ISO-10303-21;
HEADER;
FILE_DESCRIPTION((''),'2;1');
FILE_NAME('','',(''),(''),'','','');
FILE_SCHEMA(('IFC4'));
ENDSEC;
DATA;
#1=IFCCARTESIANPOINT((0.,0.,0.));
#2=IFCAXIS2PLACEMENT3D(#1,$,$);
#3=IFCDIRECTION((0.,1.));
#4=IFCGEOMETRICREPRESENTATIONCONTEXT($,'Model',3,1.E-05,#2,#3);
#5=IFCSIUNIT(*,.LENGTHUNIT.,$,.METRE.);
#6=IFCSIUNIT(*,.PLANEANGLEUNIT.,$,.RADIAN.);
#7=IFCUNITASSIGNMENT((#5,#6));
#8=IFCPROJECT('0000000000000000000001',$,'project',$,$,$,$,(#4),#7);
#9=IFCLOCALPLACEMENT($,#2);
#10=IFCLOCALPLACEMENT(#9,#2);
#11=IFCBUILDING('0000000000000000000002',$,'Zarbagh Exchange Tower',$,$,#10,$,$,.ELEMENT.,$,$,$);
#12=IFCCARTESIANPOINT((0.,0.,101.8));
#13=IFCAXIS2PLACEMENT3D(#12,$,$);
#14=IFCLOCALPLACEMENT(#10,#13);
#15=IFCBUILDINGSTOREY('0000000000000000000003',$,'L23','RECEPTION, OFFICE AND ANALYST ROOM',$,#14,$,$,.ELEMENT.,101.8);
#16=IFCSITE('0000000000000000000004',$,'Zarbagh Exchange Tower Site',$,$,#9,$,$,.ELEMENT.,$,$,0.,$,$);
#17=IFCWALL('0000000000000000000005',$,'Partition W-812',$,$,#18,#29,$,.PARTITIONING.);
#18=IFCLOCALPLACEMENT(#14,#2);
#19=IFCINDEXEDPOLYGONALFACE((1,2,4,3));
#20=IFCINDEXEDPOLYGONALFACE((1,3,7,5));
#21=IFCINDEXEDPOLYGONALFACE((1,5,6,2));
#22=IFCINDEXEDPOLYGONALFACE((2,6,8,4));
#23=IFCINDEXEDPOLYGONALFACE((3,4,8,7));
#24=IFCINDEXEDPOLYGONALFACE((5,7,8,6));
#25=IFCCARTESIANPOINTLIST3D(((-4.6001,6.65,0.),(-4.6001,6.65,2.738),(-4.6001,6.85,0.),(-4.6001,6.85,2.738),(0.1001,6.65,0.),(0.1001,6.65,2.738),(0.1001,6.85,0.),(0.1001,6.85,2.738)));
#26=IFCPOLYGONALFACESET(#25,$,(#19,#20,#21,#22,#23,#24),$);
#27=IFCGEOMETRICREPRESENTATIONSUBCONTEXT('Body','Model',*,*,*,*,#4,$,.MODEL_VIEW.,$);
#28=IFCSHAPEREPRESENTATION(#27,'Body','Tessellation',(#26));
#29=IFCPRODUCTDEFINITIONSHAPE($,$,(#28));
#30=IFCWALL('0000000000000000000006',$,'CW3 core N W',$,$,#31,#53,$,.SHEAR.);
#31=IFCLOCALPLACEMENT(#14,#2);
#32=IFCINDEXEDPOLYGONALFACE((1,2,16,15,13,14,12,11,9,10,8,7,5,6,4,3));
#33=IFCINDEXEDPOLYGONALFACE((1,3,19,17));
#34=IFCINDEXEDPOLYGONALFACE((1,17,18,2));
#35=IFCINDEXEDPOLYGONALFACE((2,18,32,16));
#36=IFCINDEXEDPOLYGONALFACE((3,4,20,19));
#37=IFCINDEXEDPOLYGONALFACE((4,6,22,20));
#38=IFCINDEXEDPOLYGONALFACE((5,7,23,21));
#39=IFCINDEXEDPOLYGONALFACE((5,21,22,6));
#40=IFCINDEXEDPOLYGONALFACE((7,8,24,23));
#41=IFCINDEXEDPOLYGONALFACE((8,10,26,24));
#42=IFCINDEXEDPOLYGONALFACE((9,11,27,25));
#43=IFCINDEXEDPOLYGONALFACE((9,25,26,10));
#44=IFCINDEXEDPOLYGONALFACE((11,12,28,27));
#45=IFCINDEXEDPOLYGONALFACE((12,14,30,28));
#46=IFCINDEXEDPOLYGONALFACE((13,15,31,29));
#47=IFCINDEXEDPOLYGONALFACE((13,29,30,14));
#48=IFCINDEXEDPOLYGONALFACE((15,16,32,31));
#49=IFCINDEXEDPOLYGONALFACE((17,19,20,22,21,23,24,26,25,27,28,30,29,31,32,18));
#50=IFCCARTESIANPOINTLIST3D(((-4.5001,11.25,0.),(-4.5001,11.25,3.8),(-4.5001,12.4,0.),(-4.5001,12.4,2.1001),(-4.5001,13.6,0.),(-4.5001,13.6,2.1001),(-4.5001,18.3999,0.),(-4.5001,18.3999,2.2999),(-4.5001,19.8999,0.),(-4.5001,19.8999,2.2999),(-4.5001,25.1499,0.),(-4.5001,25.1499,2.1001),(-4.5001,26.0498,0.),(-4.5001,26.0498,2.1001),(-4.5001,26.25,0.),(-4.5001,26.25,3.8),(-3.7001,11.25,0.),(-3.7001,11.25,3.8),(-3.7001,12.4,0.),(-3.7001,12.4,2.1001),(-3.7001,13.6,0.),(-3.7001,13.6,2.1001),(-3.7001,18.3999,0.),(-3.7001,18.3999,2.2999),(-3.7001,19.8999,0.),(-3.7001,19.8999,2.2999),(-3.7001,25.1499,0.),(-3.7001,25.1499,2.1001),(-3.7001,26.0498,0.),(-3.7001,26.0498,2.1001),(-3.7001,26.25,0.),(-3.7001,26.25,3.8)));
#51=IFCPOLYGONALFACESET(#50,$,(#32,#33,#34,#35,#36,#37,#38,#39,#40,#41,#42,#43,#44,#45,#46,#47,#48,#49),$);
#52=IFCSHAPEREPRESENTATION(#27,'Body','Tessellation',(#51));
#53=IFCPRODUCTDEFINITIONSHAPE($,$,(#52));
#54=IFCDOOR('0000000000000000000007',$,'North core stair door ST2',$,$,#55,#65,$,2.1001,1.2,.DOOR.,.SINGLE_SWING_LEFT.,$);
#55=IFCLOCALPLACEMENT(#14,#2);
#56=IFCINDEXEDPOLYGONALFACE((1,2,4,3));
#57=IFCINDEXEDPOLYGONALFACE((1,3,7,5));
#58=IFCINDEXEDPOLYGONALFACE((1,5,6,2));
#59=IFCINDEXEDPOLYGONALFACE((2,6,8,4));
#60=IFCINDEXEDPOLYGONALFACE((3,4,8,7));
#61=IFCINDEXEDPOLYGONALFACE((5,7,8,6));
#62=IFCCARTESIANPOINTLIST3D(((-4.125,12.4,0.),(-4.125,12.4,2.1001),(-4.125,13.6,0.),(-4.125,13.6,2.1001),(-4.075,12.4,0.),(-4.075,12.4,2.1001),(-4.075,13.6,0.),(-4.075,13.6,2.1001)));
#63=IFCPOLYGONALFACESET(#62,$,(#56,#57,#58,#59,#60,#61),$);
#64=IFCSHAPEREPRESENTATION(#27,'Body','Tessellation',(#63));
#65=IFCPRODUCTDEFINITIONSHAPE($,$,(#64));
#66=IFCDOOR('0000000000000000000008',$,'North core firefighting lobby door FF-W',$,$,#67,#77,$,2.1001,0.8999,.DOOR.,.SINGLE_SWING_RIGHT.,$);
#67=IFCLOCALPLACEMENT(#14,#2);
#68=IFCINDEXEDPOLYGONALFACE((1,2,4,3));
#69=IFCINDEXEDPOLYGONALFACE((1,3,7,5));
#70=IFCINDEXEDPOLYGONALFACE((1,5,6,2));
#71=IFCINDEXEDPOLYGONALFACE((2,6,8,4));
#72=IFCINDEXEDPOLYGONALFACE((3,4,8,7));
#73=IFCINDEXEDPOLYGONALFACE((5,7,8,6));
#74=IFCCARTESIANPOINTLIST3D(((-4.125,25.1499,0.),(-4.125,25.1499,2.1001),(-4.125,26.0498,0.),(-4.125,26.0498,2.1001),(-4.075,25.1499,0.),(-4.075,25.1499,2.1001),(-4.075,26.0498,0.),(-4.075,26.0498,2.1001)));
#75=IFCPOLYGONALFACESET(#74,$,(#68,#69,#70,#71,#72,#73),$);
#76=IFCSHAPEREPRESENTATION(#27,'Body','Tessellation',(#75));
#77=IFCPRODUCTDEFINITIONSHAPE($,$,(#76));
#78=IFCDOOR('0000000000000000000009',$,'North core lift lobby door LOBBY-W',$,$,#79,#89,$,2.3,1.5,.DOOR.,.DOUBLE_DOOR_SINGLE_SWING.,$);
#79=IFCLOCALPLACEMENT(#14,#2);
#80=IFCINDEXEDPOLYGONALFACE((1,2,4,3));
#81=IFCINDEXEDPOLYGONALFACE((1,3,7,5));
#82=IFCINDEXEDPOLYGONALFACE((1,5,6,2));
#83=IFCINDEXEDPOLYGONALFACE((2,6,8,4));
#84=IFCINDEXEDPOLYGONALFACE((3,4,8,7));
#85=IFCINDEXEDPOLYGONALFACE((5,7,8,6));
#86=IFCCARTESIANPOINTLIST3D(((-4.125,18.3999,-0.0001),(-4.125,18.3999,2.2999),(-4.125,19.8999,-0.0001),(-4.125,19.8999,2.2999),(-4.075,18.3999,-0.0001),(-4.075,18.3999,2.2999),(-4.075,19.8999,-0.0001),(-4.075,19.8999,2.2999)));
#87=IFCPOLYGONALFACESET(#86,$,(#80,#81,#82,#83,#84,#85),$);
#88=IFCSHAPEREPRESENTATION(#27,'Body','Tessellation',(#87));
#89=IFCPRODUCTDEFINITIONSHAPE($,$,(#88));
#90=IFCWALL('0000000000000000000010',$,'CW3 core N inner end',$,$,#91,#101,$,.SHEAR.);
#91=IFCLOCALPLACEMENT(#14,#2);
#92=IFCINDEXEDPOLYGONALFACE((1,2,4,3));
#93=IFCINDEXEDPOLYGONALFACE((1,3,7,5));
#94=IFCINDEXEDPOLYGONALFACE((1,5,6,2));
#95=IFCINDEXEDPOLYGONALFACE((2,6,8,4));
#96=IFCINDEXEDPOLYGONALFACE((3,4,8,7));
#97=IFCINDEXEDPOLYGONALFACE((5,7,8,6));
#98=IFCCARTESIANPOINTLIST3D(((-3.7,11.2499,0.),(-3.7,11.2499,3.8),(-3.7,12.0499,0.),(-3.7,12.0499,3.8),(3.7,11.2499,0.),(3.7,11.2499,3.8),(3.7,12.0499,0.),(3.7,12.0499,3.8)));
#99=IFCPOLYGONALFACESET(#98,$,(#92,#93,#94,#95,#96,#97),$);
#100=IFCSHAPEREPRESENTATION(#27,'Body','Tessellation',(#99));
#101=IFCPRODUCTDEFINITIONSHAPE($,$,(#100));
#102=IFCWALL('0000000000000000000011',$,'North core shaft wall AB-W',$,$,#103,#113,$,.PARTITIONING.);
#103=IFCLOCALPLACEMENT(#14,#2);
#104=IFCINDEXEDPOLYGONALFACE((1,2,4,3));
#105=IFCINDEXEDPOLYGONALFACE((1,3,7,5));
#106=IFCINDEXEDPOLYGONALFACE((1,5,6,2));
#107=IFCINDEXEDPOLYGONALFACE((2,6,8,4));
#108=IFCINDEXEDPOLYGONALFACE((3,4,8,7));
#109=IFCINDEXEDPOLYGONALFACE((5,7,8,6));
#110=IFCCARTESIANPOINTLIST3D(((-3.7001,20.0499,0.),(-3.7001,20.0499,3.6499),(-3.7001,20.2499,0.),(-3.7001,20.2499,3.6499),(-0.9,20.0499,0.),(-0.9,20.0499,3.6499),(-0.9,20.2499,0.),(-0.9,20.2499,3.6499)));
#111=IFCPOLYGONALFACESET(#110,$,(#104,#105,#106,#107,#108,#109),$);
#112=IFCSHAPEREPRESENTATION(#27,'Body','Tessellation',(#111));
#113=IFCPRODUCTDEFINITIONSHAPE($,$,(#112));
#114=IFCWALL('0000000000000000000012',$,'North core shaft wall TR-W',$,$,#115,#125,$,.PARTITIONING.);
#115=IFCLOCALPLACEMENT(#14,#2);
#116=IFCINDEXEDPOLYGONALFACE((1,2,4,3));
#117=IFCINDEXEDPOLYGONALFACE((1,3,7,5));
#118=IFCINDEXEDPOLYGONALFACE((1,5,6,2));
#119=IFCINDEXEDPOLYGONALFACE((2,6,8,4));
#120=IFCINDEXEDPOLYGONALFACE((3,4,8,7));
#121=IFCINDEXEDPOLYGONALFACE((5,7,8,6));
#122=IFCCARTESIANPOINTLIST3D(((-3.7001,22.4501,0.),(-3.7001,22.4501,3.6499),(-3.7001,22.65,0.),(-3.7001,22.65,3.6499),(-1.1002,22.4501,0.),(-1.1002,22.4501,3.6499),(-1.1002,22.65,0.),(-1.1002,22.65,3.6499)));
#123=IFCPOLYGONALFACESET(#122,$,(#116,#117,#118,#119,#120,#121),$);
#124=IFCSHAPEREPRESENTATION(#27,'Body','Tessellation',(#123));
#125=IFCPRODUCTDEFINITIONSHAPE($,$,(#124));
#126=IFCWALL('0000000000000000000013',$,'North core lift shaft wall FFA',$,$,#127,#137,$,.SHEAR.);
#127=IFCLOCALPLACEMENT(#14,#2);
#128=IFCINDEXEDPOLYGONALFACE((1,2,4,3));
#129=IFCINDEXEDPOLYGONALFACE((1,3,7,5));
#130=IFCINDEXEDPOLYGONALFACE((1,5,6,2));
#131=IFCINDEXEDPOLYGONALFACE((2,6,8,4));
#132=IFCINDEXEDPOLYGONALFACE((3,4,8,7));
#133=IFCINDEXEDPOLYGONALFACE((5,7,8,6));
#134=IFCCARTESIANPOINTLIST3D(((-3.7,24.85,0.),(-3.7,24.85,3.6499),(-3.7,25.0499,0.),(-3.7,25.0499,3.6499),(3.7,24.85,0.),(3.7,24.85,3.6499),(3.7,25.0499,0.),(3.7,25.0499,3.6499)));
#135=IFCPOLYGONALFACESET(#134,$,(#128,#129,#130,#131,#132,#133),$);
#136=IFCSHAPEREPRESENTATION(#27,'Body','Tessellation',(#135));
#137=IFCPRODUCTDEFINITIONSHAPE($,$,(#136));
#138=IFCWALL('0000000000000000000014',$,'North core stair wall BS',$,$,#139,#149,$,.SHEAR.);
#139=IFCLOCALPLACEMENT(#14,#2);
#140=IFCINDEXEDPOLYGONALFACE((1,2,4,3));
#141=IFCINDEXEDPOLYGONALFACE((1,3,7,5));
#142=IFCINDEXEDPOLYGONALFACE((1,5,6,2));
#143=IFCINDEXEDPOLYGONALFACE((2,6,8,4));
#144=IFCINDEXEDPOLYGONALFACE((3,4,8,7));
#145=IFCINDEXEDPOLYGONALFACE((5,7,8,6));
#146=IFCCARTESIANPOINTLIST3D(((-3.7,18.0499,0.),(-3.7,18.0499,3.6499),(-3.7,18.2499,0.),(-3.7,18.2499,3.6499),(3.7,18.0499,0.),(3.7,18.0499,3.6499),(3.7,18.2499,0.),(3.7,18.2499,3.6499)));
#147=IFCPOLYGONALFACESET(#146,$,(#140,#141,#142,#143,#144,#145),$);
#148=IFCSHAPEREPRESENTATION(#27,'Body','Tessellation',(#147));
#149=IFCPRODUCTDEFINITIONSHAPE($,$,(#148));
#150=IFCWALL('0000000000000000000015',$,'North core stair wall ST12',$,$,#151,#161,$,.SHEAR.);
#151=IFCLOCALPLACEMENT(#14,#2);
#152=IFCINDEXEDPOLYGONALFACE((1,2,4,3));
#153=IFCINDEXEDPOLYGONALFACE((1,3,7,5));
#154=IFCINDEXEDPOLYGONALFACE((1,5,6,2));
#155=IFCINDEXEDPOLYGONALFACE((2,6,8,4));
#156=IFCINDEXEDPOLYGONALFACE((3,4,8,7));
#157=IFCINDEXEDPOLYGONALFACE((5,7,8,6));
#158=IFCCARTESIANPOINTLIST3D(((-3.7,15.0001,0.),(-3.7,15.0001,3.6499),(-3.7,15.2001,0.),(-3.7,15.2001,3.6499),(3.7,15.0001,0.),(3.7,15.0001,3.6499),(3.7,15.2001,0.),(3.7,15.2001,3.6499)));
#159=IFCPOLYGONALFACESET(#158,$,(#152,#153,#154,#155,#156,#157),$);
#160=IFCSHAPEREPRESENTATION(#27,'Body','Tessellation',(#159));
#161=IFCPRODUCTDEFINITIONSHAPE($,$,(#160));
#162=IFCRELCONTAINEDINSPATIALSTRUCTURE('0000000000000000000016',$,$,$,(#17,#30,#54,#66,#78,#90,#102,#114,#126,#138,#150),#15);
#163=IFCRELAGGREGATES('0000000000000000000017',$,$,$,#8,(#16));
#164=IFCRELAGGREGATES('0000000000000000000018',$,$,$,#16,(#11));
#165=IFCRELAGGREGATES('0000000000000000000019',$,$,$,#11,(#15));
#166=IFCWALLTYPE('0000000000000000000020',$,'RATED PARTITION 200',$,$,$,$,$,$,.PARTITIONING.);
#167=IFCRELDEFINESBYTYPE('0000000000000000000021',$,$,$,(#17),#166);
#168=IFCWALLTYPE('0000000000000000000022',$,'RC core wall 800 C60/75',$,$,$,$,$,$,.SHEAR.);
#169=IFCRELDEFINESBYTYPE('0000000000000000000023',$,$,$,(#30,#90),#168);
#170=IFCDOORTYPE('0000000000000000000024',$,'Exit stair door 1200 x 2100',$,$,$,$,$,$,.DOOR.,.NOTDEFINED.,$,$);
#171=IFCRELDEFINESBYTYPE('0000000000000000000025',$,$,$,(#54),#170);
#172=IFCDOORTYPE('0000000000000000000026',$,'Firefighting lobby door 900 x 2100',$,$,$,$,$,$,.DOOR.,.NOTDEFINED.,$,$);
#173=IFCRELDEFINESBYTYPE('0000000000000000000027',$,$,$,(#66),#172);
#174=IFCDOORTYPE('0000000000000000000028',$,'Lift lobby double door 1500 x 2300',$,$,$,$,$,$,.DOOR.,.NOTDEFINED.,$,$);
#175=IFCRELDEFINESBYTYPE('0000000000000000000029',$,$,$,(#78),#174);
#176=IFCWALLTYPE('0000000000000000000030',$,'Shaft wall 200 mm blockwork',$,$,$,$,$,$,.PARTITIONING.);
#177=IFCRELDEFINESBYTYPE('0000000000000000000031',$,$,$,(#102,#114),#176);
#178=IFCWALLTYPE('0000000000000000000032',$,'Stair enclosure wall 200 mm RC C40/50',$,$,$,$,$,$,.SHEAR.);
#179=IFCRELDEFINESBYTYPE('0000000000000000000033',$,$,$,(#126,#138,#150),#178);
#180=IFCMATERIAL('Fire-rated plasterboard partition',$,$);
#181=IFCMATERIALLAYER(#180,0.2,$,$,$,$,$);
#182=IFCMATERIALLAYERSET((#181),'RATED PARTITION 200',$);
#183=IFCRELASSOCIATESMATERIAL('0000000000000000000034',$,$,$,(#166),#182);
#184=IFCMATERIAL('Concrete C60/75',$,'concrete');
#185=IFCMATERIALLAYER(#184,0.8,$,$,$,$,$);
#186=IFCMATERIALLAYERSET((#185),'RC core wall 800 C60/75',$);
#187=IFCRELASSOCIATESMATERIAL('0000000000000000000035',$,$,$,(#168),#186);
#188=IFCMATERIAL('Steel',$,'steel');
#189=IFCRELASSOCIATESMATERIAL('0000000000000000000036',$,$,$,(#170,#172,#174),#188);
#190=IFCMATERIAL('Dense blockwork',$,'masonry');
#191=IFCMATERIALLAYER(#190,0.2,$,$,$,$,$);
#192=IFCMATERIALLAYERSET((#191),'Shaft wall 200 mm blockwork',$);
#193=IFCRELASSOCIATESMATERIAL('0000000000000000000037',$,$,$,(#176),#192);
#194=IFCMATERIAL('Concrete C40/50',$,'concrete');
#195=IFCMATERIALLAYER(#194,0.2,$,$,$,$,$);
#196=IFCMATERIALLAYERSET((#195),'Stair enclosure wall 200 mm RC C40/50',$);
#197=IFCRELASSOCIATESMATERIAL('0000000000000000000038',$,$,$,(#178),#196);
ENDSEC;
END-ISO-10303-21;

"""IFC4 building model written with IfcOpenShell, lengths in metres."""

from ifc_helpers import new_model, si_unit, direction, frame, frame_2d, origin, place, context, subcontext, project, spatial, rectangle, extrude, material, layer, layer_set, type_object, element, fill, save


model = new_model("IFC4")

# Units and contexts
model_context = context("Model", 3, precision=1e-05, world=origin(), true_north=direction((0.0, 1.0)))
body_context = subcontext(model_context, "Body", "Model", "MODEL_VIEW")
ifc_project = project(units=[si_unit("LENGTHUNIT", "METRE"), si_unit("PLANEANGLEUNIT", "RADIAN")], contexts=[model_context])

# Site, building, storey
site_placement = place(None, origin())
site = spatial("IfcSite", under=ifc_project, at=site_placement, Name="Zarbagh Exchange Tower Site", CompositionType="ELEMENT", RefElevation=0.0)
building_placement = place(site_placement, origin())
building = spatial("IfcBuilding", under=site, at=building_placement, Name="Zarbagh Exchange Tower", CompositionType="ELEMENT")
storey_placement = place(building_placement, frame((0.0, 0.0, 101.8)))
storey = spatial("IfcBuildingStorey", under=building, at=storey_placement, Name="L23", Description="RECEPTION, OFFICE AND ANALYST ROOM", CompositionType="ELEMENT", Elevation=101.8)

# Shared definitions
ifc_material_1 = material(Name="Concrete C60/75", Category="concrete")

# Shared definitions
ifc_material_2 = material(Name="Fire-rated plasterboard partition")
ifc_layer_1 = layer(ifc_material_2, 0.2)
ifc_layer_set_1 = layer_set([ifc_layer_1], Name="RATED PARTITION 200")
wall_type_1 = type_object("IfcWallType", Name="RATED PARTITION 200", PredefinedType="PARTITIONING", material=ifc_layer_set_1)

# Wall
wall_1_placement = place(storey_placement, frame((-4.6001, 6.75, 0.0), z_axis=(0.0, 0.0, 1.0), x_axis=(1.0, 0.0, 0.0)))
element("IfcWall", 1, at=wall_1_placement, inside=storey, type_object=wall_type_1, Name="Partition W-812", PredefinedType="PARTITIONING", context=body_context, shape_type="SweptSolid", body=[
    extrude(rectangle(XDim=4.7002, YDim=0.2, at=frame_2d((2.3501, 0.0))), origin(), (0.0, 0.0, 1.0), 2.738),
])

# Wall, openings, doors
ifc_layer_2 = layer(ifc_material_1, 0.8)
ifc_layer_set_2 = layer_set([ifc_layer_2], Name="RC core wall 800 C60/75")
wall_type_2 = type_object("IfcWallType", Name="RC core wall 800 C60/75", PredefinedType="SHEAR", material=ifc_layer_set_2)
wall_2_placement = place(storey_placement, frame((-4.1001, 11.25, 0.0), z_axis=(0.0, 0.0, 1.0), x_axis=(0.0, 1.0, 0.0)))
wall_2 = element("IfcWall", 2, at=wall_2_placement, inside=storey, type_object=wall_type_2, Name="CW3 core N W", PredefinedType="SHEAR", context=body_context, shape_type="SweptSolid", body=[
    extrude(rectangle(XDim=15.0, YDim=0.8, at=frame_2d((7.5, 0.0))), origin(), (0.0, 0.0, 1.0), 3.8),
])
opening_1_placement = place(wall_2_placement, frame((7.1499, 0.0, 0.0)))
opening_1 = element("IfcOpeningElement", 3, at=opening_1_placement, cuts=wall_2, PredefinedType="OPENING", context=body_context, shape_type="SweptSolid", body=[
    extrude(rectangle(XDim=1.5, YDim=2.3, at=frame_2d((0.75, 1.1499))), frame((0.0, 0.4099, 0.0), z_axis=(0.0, -1.0, 0.0), x_axis=(1.0, 0.0, 0.0)), (0.0, 0.0, 1.0), 0.8201),
])
opening_2_placement = place(wall_2_placement, frame((13.8999, 0.0, 0.0)))
opening_2 = element("IfcOpeningElement", 4, at=opening_2_placement, cuts=wall_2, PredefinedType="OPENING", context=body_context, shape_type="SweptSolid", body=[
    extrude(rectangle(XDim=0.8999, YDim=2.1001, at=frame_2d((0.45, 1.05))), frame((0.0, 0.4099, 0.0), z_axis=(0.0, -1.0, 0.0), x_axis=(1.0, 0.0, 0.0)), (0.0, 0.0, 1.0), 0.8201),
])
opening_3_placement = place(wall_2_placement, frame((1.1499, 0.0, 0.0)))
opening_3 = element("IfcOpeningElement", 5, at=opening_3_placement, cuts=wall_2, PredefinedType="OPENING", context=body_context, shape_type="SweptSolid", body=[
    extrude(rectangle(XDim=1.2, YDim=2.1001, at=frame_2d((0.6001, 1.05))), frame((0.0, 0.4099, 0.0), z_axis=(0.0, -1.0, 0.0), x_axis=(1.0, 0.0, 0.0)), (0.0, 0.0, 1.0), 0.8201),
])
ifc_material_3 = material(Name="Steel", Category="steel")
door_type_1 = type_object("IfcDoorType", Name="Exit stair door 1200 x 2100", OperationType="NOTDEFINED", PredefinedType="DOOR", material=ifc_material_3)
door_1_placement = place(opening_3_placement, origin())
door_1 = element("IfcDoor", 6, at=door_1_placement, inside=storey, type_object=door_type_1, Name="North core stair door ST2", OperationType="SINGLE_SWING_LEFT", OverallHeight=2.1001, OverallWidth=1.2, PredefinedType="DOOR", context=body_context, shape_type="SweptSolid", body=[
    extrude(rectangle(XDim=1.2, YDim=2.1001, at=frame_2d((0.6001, 1.05))), frame((0.0, 0.0249, 0.0), z_axis=(0.0, -1.0, 0.0), x_axis=(1.0, 0.0, 0.0)), (0.0, 0.0, 1.0), 0.05),
])
fill(opening_3, door_1)
door_type_2 = type_object("IfcDoorType", Name="Firefighting lobby door 900 x 2100", OperationType="NOTDEFINED", PredefinedType="DOOR", material=ifc_material_3)
door_2_placement = place(opening_2_placement, origin())
door_2 = element("IfcDoor", 7, at=door_2_placement, inside=storey, type_object=door_type_2, Name="North core firefighting lobby door FF-W", OperationType="SINGLE_SWING_RIGHT", OverallHeight=2.1001, OverallWidth=0.8999, PredefinedType="DOOR", context=body_context, shape_type="SweptSolid", body=[
    extrude(rectangle(XDim=0.8999, YDim=2.1001, at=frame_2d((0.45, 1.05))), frame((0.0, 0.0249, 0.0), z_axis=(0.0, -1.0, 0.0), x_axis=(1.0, 0.0, 0.0)), (0.0, 0.0, 1.0), 0.05),
])
fill(opening_2, door_2)
door_type_3 = type_object("IfcDoorType", Name="Lift lobby double door 1500 x 2300", OperationType="NOTDEFINED", PredefinedType="DOOR", material=ifc_material_3)
door_3_placement = place(opening_1_placement, origin())
door_3 = element("IfcDoor", 8, at=door_3_placement, inside=storey, type_object=door_type_3, Name="North core lift lobby door LOBBY-W", OperationType="DOUBLE_DOOR_SINGLE_SWING", OverallHeight=2.3, OverallWidth=1.5, PredefinedType="DOOR", context=body_context, shape_type="SweptSolid", body=[
    extrude(rectangle(XDim=1.5, YDim=2.3, at=frame_2d((0.75, 1.1499))), frame((0.0, 0.0249, 0.0), z_axis=(0.0, -1.0, 0.0), x_axis=(1.0, 0.0, 0.0)), (0.0, 0.0, 1.0), 0.05),
])
fill(opening_1, door_3)

# Walls
wall_3_placement = place(storey_placement, frame((-3.7, 11.6499, 0.0), z_axis=(0.0, 0.0, 1.0), x_axis=(1.0, 0.0, 0.0)))
element("IfcWall", 9, at=wall_3_placement, inside=storey, type_object=wall_type_2, Name="CW3 core N inner end", PredefinedType="SHEAR", context=body_context, shape_type="SweptSolid", body=[
    extrude(rectangle(XDim=7.3999, YDim=0.8, at=frame_2d((3.7, 0.0))), origin(), (0.0, 0.0, 1.0), 3.8),
])
ifc_material_4 = material(Name="Dense blockwork", Category="masonry")
ifc_layer_3 = layer(ifc_material_4, 0.2)
ifc_layer_set_3 = layer_set([ifc_layer_3], Name="Shaft wall 200 mm blockwork")
wall_type_3 = type_object("IfcWallType", Name="Shaft wall 200 mm blockwork", PredefinedType="PARTITIONING", material=ifc_layer_set_3)
wall_4_placement = place(storey_placement, frame((-3.7, 20.1499, 0.0), z_axis=(0.0, 0.0, 1.0), x_axis=(1.0, 0.0, 0.0)))
element("IfcWall", 10, at=wall_4_placement, inside=storey, type_object=wall_type_3, Name="North core shaft wall AB-W", PredefinedType="PARTITIONING", context=body_context, shape_type="SweptSolid", body=[
    extrude(rectangle(XDim=2.8, YDim=0.2, at=frame_2d((1.3999, 0.0))), origin(), (0.0, 0.0, 1.0), 3.6499),
])
wall_5_placement = place(storey_placement, frame((-3.7, 22.55, 0.0), z_axis=(0.0, 0.0, 1.0), x_axis=(1.0, 0.0, 0.0)))
element("IfcWall", 11, at=wall_5_placement, inside=storey, type_object=wall_type_3, Name="North core shaft wall TR-W", PredefinedType="PARTITIONING", context=body_context, shape_type="SweptSolid", body=[
    extrude(rectangle(XDim=2.5999, YDim=0.2, at=frame_2d((1.2998, 0.0))), origin(), (0.0, 0.0, 1.0), 3.6499),
])
ifc_material_5 = material(Name="Concrete C40/50", Category="concrete")
ifc_layer_4 = layer(ifc_material_5, 0.2)
ifc_layer_set_4 = layer_set([ifc_layer_4], Name="Stair enclosure wall 200 mm RC C40/50")
wall_type_4 = type_object("IfcWallType", Name="Stair enclosure wall 200 mm RC C40/50", PredefinedType="SHEAR", material=ifc_layer_set_4)
for number, where, z_axis, x_axis, name in (
    (12, (-3.7, 24.95, 0.0), (0.0, 0.0, 1.0), (1.0, 0.0, 0.0), "North core lift shaft wall FFA"),
    (13, (-3.7, 18.1499, 0.0), (0.0, 0.0, 1.0), (1.0, 0.0, 0.0), "North core stair wall BS"),
    (14, (-3.7, 15.1001, 0.0), (0.0, 0.0, 1.0), (1.0, 0.0, 0.0), "North core stair wall ST12"),
):
    element("IfcWall", number, at=place(storey_placement, frame(where, z_axis=z_axis, x_axis=x_axis)), inside=storey, type_object=wall_type_4, Name=name, PredefinedType="SHEAR", context=body_context, shape_type="SweptSolid", body=[
        extrude(rectangle(XDim=7.3999, YDim=0.2, at=frame_2d((3.7, 0.0))), origin(), (0.0, 0.0, 1.0), 3.6499),
    ])

save(model, "model.ifc")
